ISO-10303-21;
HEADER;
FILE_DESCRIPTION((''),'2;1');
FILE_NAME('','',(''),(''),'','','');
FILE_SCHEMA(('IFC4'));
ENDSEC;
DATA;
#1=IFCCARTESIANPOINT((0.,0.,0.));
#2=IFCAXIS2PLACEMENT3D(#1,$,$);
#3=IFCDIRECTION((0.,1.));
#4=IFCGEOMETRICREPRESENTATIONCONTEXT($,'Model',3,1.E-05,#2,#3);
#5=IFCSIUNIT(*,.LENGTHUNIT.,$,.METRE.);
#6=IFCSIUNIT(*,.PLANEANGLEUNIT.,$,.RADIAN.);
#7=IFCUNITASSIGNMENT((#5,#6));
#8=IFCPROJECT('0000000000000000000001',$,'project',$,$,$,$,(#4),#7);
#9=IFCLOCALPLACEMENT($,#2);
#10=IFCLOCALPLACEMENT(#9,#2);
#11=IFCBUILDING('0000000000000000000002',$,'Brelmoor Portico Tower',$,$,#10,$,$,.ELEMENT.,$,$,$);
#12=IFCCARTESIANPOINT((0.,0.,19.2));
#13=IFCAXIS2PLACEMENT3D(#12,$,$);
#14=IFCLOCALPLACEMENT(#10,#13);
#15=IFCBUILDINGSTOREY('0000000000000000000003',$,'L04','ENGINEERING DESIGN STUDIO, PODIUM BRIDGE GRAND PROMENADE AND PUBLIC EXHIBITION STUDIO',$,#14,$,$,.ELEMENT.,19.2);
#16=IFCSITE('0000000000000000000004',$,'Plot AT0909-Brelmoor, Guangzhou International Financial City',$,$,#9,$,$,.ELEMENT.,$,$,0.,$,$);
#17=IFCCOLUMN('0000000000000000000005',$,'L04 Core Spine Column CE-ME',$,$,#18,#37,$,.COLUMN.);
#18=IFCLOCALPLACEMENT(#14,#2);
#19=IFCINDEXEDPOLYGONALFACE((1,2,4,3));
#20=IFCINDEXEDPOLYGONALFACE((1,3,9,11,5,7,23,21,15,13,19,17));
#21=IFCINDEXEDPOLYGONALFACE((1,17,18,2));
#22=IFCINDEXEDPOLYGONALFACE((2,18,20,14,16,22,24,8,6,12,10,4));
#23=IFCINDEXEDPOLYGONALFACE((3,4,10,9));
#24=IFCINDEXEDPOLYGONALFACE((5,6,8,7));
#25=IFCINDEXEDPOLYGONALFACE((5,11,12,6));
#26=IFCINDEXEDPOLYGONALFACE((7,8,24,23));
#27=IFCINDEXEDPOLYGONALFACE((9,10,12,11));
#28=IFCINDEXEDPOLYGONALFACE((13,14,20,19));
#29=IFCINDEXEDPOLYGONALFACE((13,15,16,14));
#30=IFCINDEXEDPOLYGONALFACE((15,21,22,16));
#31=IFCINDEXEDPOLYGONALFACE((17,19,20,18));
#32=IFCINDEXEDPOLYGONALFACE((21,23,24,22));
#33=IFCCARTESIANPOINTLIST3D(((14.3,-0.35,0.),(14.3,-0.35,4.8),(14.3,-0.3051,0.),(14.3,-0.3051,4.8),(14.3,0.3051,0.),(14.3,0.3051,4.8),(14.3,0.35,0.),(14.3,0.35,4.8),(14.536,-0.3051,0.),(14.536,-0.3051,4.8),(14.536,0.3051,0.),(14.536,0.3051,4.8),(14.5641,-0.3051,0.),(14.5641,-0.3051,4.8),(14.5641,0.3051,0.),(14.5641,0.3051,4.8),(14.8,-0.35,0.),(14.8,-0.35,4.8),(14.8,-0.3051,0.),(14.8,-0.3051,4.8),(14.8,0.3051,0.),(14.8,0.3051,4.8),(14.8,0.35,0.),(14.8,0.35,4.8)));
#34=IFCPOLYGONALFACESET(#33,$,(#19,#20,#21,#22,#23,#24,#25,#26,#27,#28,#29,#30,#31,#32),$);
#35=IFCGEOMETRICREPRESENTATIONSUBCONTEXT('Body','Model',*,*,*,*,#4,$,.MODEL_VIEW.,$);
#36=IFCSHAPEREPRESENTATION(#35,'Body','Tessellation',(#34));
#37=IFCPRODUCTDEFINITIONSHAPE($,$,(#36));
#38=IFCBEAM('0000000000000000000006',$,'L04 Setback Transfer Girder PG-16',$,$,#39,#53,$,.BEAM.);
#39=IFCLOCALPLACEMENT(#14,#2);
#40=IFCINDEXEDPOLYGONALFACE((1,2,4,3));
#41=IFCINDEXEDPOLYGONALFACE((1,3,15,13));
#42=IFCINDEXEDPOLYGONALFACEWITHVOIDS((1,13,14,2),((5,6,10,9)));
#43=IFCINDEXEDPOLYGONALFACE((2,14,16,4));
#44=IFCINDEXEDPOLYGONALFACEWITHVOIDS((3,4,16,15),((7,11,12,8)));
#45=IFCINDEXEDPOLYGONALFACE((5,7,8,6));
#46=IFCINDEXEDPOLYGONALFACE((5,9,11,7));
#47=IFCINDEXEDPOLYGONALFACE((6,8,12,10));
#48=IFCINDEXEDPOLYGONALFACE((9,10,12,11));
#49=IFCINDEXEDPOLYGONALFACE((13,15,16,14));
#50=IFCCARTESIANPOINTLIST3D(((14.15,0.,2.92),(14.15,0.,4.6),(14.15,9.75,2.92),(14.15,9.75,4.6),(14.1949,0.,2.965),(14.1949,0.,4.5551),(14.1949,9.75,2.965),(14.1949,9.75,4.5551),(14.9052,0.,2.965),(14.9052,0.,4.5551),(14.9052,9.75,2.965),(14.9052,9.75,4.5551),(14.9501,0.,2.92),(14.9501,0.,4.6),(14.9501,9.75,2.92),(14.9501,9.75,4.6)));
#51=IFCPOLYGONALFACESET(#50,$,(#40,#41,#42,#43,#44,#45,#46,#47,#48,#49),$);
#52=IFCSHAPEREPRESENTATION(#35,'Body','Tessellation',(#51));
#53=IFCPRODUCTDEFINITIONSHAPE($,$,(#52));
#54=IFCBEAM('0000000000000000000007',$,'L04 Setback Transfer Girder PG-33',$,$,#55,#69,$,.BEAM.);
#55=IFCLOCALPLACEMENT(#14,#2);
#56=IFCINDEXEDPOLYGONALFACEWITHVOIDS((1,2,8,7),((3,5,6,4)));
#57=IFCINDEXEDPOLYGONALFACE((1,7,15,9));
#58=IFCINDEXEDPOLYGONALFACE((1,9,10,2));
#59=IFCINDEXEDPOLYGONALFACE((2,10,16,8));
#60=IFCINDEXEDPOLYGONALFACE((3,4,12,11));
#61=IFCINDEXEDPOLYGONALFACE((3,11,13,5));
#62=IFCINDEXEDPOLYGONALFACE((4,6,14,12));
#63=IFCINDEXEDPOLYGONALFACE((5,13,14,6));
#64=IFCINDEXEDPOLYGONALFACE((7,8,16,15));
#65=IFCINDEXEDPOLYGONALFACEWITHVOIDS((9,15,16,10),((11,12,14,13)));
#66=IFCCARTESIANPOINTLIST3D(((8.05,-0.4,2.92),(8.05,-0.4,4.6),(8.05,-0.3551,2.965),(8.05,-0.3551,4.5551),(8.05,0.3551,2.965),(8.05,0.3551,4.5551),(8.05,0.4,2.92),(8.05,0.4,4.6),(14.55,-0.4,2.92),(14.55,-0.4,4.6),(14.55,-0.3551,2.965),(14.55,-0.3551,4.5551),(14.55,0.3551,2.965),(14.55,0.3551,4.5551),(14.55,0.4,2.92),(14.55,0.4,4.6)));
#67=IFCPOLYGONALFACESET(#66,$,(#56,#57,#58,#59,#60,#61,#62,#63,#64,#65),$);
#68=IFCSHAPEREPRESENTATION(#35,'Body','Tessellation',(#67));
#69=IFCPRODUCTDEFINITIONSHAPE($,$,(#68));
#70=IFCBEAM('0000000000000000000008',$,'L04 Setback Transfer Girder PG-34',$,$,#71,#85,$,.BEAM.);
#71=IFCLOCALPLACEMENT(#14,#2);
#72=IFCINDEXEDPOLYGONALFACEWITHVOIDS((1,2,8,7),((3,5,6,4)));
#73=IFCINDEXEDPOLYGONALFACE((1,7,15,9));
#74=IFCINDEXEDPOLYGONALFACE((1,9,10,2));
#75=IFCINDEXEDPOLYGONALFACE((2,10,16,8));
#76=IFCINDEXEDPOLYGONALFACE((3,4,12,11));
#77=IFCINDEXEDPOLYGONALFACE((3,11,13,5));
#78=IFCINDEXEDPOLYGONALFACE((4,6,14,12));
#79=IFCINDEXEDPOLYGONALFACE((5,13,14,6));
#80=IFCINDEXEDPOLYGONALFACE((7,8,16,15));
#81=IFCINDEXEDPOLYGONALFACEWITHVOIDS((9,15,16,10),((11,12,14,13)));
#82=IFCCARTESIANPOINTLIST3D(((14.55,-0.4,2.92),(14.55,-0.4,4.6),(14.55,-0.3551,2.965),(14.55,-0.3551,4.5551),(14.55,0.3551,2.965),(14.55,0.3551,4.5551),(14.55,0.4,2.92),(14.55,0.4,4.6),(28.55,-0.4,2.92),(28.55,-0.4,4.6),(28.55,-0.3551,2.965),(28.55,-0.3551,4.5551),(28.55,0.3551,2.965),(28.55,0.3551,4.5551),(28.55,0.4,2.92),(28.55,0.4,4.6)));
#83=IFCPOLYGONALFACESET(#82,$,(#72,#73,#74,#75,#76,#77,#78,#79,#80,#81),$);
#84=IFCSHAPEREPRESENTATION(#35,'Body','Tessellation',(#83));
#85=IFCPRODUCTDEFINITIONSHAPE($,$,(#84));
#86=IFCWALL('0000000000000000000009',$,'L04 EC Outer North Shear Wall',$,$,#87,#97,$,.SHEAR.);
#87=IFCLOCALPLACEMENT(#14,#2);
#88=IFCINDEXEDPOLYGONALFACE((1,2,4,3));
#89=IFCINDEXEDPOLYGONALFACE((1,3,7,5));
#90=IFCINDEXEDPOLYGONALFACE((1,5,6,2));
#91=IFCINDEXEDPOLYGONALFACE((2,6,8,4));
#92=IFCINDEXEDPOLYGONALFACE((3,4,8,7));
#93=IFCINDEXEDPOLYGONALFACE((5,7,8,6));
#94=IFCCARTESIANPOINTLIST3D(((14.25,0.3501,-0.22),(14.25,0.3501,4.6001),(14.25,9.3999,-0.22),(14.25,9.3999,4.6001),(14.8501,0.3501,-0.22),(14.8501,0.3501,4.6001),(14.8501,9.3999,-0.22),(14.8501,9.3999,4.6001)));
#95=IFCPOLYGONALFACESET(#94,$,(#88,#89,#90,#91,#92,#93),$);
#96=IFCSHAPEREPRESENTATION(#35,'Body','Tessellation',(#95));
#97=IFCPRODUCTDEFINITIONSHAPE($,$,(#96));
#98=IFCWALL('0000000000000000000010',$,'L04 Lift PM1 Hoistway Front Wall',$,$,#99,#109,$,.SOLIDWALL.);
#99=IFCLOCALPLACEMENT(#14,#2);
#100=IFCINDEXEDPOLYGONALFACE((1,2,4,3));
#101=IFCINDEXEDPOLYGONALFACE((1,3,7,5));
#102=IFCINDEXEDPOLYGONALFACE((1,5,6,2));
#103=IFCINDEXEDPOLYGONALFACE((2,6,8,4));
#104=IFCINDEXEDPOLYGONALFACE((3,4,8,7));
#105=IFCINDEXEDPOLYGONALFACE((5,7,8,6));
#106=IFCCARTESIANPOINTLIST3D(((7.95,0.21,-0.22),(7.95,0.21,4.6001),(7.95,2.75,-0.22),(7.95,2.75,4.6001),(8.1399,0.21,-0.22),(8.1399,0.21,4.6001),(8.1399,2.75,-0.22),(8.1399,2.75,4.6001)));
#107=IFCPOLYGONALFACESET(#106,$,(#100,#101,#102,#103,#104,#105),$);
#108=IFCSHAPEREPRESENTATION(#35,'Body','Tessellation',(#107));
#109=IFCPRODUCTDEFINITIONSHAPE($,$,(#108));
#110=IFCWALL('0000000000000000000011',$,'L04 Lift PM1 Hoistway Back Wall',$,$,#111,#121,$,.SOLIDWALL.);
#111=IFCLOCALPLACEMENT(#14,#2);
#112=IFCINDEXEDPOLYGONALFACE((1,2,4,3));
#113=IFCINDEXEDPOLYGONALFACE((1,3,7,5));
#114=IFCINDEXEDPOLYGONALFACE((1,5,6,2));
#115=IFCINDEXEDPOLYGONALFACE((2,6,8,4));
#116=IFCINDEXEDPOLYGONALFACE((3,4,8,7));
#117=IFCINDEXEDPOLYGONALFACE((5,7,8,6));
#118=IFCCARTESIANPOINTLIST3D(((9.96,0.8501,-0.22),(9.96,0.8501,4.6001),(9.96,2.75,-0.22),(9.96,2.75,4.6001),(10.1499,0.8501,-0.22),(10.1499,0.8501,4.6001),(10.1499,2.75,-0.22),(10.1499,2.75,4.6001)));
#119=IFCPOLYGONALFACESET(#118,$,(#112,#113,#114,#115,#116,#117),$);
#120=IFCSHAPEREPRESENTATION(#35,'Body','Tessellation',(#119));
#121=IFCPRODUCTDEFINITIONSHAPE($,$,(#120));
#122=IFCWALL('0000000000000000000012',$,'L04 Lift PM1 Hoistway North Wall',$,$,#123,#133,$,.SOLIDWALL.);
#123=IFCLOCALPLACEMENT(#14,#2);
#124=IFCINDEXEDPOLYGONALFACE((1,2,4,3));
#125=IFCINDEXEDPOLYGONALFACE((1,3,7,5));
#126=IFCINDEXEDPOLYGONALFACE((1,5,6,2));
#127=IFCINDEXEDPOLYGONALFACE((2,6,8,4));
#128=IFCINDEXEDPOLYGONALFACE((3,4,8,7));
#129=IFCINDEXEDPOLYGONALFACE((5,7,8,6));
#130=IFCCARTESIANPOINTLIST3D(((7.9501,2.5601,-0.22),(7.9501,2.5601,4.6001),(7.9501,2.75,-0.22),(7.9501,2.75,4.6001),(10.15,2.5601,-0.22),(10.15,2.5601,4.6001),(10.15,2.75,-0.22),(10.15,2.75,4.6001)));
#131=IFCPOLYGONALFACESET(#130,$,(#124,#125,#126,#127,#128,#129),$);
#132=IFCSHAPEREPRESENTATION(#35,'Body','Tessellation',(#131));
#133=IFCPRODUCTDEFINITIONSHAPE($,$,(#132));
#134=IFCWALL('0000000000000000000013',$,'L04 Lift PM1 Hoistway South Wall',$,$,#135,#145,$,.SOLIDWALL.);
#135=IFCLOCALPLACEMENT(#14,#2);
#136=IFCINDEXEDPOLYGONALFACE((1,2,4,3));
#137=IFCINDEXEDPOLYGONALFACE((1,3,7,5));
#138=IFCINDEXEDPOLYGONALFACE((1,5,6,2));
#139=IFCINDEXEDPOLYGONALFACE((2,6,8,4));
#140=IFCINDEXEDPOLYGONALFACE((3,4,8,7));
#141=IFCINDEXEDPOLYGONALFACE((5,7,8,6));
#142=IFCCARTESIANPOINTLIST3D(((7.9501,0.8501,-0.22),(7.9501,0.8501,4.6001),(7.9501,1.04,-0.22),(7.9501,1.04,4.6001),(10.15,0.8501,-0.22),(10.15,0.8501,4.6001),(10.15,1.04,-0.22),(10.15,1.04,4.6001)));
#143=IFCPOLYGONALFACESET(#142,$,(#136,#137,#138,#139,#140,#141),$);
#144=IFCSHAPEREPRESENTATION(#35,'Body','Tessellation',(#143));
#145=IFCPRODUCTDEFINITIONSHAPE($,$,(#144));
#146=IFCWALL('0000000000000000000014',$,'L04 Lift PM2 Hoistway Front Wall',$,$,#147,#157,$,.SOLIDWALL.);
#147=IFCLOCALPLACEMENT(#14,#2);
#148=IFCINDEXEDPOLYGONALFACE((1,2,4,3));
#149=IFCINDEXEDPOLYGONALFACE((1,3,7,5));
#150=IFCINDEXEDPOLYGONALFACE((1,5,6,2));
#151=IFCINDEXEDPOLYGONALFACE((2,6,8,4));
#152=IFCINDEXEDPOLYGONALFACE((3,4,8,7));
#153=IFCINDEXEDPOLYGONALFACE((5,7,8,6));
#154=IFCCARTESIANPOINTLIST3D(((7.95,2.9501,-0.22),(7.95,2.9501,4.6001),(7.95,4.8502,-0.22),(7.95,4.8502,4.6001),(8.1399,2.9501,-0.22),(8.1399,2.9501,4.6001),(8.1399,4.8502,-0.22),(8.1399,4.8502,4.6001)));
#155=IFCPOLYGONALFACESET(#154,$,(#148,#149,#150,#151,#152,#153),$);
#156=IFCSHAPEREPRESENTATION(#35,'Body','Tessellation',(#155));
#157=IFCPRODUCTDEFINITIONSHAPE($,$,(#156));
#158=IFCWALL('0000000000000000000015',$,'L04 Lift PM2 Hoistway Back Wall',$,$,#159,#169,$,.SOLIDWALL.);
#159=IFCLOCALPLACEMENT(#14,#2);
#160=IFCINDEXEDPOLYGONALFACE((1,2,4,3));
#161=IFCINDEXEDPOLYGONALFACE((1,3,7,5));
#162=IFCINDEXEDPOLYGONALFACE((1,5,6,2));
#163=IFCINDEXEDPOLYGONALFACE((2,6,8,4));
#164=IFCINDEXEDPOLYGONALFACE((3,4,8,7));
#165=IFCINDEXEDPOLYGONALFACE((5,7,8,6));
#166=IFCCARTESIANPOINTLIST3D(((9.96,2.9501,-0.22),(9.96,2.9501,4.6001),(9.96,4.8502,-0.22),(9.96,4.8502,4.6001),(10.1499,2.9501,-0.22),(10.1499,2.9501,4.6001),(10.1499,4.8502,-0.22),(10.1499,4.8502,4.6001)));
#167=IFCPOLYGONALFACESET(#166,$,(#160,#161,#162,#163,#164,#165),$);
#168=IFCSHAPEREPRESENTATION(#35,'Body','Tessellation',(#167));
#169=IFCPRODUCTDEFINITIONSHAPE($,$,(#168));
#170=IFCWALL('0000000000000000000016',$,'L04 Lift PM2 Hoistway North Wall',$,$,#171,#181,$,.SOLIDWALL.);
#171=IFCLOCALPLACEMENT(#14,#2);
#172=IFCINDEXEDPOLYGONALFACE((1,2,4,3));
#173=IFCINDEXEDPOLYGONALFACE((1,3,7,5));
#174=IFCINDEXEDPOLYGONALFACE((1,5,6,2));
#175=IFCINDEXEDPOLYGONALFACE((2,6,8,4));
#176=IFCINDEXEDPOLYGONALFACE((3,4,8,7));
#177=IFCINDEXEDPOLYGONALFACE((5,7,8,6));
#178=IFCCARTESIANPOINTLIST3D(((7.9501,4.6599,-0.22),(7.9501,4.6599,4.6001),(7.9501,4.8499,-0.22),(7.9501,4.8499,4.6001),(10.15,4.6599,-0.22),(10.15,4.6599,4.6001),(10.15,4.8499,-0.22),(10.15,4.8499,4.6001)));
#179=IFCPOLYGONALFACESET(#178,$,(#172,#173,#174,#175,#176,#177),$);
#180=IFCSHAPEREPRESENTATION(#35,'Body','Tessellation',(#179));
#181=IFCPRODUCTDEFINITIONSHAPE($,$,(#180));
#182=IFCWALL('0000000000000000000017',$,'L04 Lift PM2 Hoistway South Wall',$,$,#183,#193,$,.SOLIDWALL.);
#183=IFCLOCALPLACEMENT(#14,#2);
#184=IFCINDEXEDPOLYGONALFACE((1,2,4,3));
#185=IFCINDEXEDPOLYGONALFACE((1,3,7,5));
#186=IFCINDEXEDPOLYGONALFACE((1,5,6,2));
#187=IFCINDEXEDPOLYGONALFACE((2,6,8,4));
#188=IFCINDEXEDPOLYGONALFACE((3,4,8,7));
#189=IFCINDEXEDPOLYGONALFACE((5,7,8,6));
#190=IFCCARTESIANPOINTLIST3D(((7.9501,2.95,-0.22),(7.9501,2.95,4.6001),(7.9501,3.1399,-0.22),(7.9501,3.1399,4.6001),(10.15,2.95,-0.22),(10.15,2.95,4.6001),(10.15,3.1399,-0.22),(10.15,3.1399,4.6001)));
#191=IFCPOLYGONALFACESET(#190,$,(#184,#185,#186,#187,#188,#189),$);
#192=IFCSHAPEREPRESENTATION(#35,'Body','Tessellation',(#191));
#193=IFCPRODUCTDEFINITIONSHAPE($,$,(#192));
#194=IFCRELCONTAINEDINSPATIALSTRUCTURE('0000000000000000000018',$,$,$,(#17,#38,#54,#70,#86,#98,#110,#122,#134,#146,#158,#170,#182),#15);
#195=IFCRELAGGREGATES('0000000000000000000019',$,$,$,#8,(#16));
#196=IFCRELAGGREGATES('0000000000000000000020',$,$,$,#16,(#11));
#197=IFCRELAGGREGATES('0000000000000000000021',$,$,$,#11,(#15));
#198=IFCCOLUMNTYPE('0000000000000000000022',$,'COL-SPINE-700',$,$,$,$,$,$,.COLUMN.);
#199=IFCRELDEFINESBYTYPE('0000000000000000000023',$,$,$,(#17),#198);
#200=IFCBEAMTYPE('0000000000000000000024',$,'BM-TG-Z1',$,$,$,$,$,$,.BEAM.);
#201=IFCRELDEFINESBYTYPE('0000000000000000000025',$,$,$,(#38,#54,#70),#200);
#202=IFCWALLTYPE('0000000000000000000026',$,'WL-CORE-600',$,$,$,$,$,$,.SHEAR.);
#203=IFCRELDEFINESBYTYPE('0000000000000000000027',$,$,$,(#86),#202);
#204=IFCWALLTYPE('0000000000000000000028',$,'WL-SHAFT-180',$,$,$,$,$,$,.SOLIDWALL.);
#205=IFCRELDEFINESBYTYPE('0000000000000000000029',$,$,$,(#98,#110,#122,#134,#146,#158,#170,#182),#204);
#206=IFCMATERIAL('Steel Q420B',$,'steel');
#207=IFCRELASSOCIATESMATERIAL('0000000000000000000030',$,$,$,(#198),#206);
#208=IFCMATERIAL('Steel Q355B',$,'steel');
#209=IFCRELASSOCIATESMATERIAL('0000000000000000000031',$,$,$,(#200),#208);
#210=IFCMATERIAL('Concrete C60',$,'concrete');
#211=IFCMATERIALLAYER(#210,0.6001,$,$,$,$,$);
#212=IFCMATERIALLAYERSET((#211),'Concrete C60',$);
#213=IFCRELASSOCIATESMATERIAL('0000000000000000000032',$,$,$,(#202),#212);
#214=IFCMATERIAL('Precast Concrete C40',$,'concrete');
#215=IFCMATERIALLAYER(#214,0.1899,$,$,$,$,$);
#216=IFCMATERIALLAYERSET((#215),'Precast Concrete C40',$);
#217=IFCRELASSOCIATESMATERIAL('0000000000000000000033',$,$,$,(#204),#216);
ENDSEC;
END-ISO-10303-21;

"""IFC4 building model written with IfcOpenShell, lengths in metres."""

from ifc_helpers import new_model, si_unit, direction, frame, frame_2d, origin, origin_2d, place, context, subcontext, project, spatial, rectangle, hollow_rectangle, i_section, extrude, material, layer, layer_set, material_profile, profile_set, type_object, element, save


model = new_model("IFC4")

# Units and contexts
model_context = context("Model", 3, precision=1e-05, world=origin(), true_north=direction((0.0, 1.0)))
body_context = subcontext(model_context, "Body", "Model", "MODEL_VIEW")
ifc_project = project(units=[si_unit("LENGTHUNIT", "METRE"), si_unit("PLANEANGLEUNIT", "RADIAN")], contexts=[model_context])

# Site, building, storey
site_placement = place(None, origin())
site = spatial("IfcSite", under=ifc_project, at=site_placement, Name="Plot AT0909-Brelmoor, Guangzhou International Financial City", CompositionType="ELEMENT", RefElevation=0.0)
building_placement = place(site_placement, origin())
building = spatial("IfcBuilding", under=site, at=building_placement, Name="Brelmoor Portico Tower", CompositionType="ELEMENT")
storey_placement = place(building_placement, frame((0.0, 0.0, 19.2)))
storey = spatial("IfcBuildingStorey", under=building, at=storey_placement, Name="L04", Description="ENGINEERING DESIGN STUDIO, PODIUM BRIDGE GRAND PROMENADE AND PUBLIC EXHIBITION STUDIO", CompositionType="ELEMENT", Elevation=19.2)

# Column
ifc_material_1 = material(Name="Steel Q420B", Category="steel")
ifc_material_profile_1 = material_profile(ifc_material_1, i_section(OverallWidth=0.5, OverallDepth=0.7, WebThickness=0.0281, FlangeThickness=0.0449, at=origin_2d()), Name="HW 700x500x28x45")
ifc_profile_set_1 = profile_set([ifc_material_profile_1], Name="Steel Q420B")
column_type = type_object("IfcColumnType", Name="COL-SPINE-700", PredefinedType="COLUMN", material=ifc_profile_set_1)
column_placement = place(storey_placement, frame((14.55, 0.0, 0.0), z_axis=(0.0, 0.0, 1.0), x_axis=(1.0, 0.0, 0.0)))
element("IfcColumn", 1, at=column_placement, inside=storey, type_object=column_type, Name="L04 Core Spine Column CE-ME", PredefinedType="COLUMN", context=body_context, shape_type="SweptSolid", body=[
    extrude(i_section(OverallWidth=0.5, OverallDepth=0.7, WebThickness=0.0281, FlangeThickness=0.0449, at=origin_2d()), origin(), (0.0, 0.0, 1.0), 4.8),
])

# Beams
ifc_material_2 = material(Name="Steel Q355B", Category="steel")
ifc_material_profile_2 = material_profile(ifc_material_2, hollow_rectangle(XDim=0.8, YDim=1.6799, WallThickness=0.0449, at=origin_2d()), Name="BOX 800x1680x45")
ifc_profile_set_2 = profile_set([ifc_material_profile_2], Name="Steel Q355B")
beam_type = type_object("IfcBeamType", Name="BM-TG-Z1", PredefinedType="BEAM", material=ifc_profile_set_2)
beam_1_placement = place(storey_placement, frame((14.55, 0.0, 3.76), z_axis=(0.0, 1.0, 0.0), x_axis=(-1.0, 0.0, 0.0)))
element("IfcBeam", 2, at=beam_1_placement, inside=storey, type_object=beam_type, Name="L04 Setback Transfer Girder PG-16", PredefinedType="BEAM", context=body_context, shape_type="SweptSolid", body=[
    extrude(hollow_rectangle(XDim=0.8, YDim=1.6799, WallThickness=0.0449, at=origin_2d()), origin(), (0.0, 0.0, 1.0), 9.75),
])
beam_2_placement = place(storey_placement, frame((8.05, 0.0, 3.76), z_axis=(1.0, 0.0, 0.0), x_axis=(0.0, 1.0, 0.0)))
element("IfcBeam", 3, at=beam_2_placement, inside=storey, type_object=beam_type, Name="L04 Setback Transfer Girder PG-33", PredefinedType="BEAM", context=body_context, shape_type="SweptSolid", body=[
    extrude(hollow_rectangle(XDim=0.8, YDim=1.6799, WallThickness=0.0449, at=origin_2d()), origin(), (0.0, 0.0, 1.0), 6.5),
])
beam_3_placement = place(storey_placement, frame((14.55, 0.0, 3.76), z_axis=(1.0, 0.0, 0.0), x_axis=(0.0, 1.0, 0.0)))
element("IfcBeam", 4, at=beam_3_placement, inside=storey, type_object=beam_type, Name="L04 Setback Transfer Girder PG-34", PredefinedType="BEAM", context=body_context, shape_type="SweptSolid", body=[
    extrude(hollow_rectangle(XDim=0.8, YDim=1.6799, WallThickness=0.0449, at=origin_2d()), origin(), (0.0, 0.0, 1.0), 14.0),
])

# Walls
ifc_material_3 = material(Name="Concrete C60", Category="concrete")
ifc_layer_1 = layer(ifc_material_3, 0.6001)
ifc_layer_set_1 = layer_set([ifc_layer_1], Name="Concrete C60")
wall_type_1 = type_object("IfcWallType", Name="WL-CORE-600", PredefinedType="SHEAR", material=ifc_layer_set_1)
wall_1_placement = place(storey_placement, frame((14.55, 0.3501, -0.22), z_axis=(0.0, 0.0, 1.0), x_axis=(0.0, 1.0, 0.0)))
element("IfcWall", 5, at=wall_1_placement, inside=storey, type_object=wall_type_1, Name="L04 EC Outer North Shear Wall", PredefinedType="SHEAR", context=body_context, shape_type="SweptSolid", body=[
    extrude(rectangle(XDim=9.0498, YDim=0.6001, at=frame_2d((4.5249, 0.0))), origin(), (0.0, 0.0, 1.0), 4.8201),
])
ifc_material_4 = material(Name="Precast Concrete C40", Category="concrete")
ifc_layer_2 = layer(ifc_material_4, 0.1899)
ifc_layer_set_2 = layer_set([ifc_layer_2], Name="Precast Concrete C40")
wall_type_2 = type_object("IfcWallType", Name="WL-SHAFT-180", PredefinedType="SOLIDWALL", material=ifc_layer_set_2)
wall_2_placement = place(storey_placement, frame((8.0449, 0.21, -0.22), z_axis=(0.0, 0.0, 1.0), x_axis=(0.0, 1.0, 0.0)))
element("IfcWall", 6, at=wall_2_placement, inside=storey, type_object=wall_type_2, Name="L04 Lift PM1 Hoistway Front Wall", PredefinedType="SOLIDWALL", context=body_context, shape_type="SweptSolid", body=[
    extrude(rectangle(XDim=2.54, YDim=0.1899, at=frame_2d((1.27, 0.0))), origin(), (0.0, 0.0, 1.0), 4.8201),
])
wall_3_placement = place(storey_placement, frame((10.0549, 0.8501, -0.22), z_axis=(0.0, 0.0, 1.0), x_axis=(0.0, 1.0, 0.0)))
element("IfcWall", 7, at=wall_3_placement, inside=storey, type_object=wall_type_2, Name="L04 Lift PM1 Hoistway Back Wall", PredefinedType="SOLIDWALL", context=body_context, shape_type="SweptSolid", body=[
    extrude(rectangle(XDim=1.8999, YDim=0.1899, at=frame_2d((0.95, 0.0))), origin(), (0.0, 0.0, 1.0), 4.8201),
])
for number, where, z_axis, x_axis, name in (
    (8, (7.95, 2.655, -0.22), (0.0, 0.0, 1.0), (1.0, 0.0, 0.0), "L04 Lift PM1 Hoistway North Wall"),
    (9, (7.95, 0.9451, -0.22), (0.0, 0.0, 1.0), (1.0, 0.0, 0.0), "L04 Lift PM1 Hoistway South Wall"),
):
    element("IfcWall", number, at=place(storey_placement, frame(where, z_axis=z_axis, x_axis=x_axis)), inside=storey, type_object=wall_type_2, Name=name, PredefinedType="SOLIDWALL", context=body_context, shape_type="SweptSolid", body=[
        extrude(rectangle(XDim=2.2, YDim=0.1899, at=frame_2d((1.1001, 0.0))), origin(), (0.0, 0.0, 1.0), 4.8201),
    ])
for number, where, z_axis, x_axis, name in (
    (10, (8.0449, 2.95, -0.22), (0.0, 0.0, 1.0), (0.0, 1.0, 0.0), "L04 Lift PM2 Hoistway Front Wall"),
    (11, (10.0549, 2.95, -0.22), (0.0, 0.0, 1.0), (0.0, 1.0, 0.0), "L04 Lift PM2 Hoistway Back Wall"),
):
    element("IfcWall", number, at=place(storey_placement, frame(where, z_axis=z_axis, x_axis=x_axis)), inside=storey, type_object=wall_type_2, Name=name, PredefinedType="SOLIDWALL", context=body_context, shape_type="SweptSolid", body=[
        extrude(rectangle(XDim=1.9001, YDim=0.1899, at=frame_2d((0.9502, 0.0))), origin(), (0.0, 0.0, 1.0), 4.8201),
    ])
for number, where, z_axis, x_axis, name in (
    (12, (7.95, 4.7549, -0.22), (0.0, 0.0, 1.0), (1.0, 0.0, 0.0), "L04 Lift PM2 Hoistway North Wall"),
    (13, (7.95, 3.0449, -0.22), (0.0, 0.0, 1.0), (1.0, 0.0, 0.0), "L04 Lift PM2 Hoistway South Wall"),
):
    element("IfcWall", number, at=place(storey_placement, frame(where, z_axis=z_axis, x_axis=x_axis)), inside=storey, type_object=wall_type_2, Name=name, PredefinedType="SOLIDWALL", context=body_context, shape_type="SweptSolid", body=[
        extrude(rectangle(XDim=2.2, YDim=0.1899, at=frame_2d((1.1001, 0.0))), origin(), (0.0, 0.0, 1.0), 4.8201),
    ])

save(model, "model.ifc")
